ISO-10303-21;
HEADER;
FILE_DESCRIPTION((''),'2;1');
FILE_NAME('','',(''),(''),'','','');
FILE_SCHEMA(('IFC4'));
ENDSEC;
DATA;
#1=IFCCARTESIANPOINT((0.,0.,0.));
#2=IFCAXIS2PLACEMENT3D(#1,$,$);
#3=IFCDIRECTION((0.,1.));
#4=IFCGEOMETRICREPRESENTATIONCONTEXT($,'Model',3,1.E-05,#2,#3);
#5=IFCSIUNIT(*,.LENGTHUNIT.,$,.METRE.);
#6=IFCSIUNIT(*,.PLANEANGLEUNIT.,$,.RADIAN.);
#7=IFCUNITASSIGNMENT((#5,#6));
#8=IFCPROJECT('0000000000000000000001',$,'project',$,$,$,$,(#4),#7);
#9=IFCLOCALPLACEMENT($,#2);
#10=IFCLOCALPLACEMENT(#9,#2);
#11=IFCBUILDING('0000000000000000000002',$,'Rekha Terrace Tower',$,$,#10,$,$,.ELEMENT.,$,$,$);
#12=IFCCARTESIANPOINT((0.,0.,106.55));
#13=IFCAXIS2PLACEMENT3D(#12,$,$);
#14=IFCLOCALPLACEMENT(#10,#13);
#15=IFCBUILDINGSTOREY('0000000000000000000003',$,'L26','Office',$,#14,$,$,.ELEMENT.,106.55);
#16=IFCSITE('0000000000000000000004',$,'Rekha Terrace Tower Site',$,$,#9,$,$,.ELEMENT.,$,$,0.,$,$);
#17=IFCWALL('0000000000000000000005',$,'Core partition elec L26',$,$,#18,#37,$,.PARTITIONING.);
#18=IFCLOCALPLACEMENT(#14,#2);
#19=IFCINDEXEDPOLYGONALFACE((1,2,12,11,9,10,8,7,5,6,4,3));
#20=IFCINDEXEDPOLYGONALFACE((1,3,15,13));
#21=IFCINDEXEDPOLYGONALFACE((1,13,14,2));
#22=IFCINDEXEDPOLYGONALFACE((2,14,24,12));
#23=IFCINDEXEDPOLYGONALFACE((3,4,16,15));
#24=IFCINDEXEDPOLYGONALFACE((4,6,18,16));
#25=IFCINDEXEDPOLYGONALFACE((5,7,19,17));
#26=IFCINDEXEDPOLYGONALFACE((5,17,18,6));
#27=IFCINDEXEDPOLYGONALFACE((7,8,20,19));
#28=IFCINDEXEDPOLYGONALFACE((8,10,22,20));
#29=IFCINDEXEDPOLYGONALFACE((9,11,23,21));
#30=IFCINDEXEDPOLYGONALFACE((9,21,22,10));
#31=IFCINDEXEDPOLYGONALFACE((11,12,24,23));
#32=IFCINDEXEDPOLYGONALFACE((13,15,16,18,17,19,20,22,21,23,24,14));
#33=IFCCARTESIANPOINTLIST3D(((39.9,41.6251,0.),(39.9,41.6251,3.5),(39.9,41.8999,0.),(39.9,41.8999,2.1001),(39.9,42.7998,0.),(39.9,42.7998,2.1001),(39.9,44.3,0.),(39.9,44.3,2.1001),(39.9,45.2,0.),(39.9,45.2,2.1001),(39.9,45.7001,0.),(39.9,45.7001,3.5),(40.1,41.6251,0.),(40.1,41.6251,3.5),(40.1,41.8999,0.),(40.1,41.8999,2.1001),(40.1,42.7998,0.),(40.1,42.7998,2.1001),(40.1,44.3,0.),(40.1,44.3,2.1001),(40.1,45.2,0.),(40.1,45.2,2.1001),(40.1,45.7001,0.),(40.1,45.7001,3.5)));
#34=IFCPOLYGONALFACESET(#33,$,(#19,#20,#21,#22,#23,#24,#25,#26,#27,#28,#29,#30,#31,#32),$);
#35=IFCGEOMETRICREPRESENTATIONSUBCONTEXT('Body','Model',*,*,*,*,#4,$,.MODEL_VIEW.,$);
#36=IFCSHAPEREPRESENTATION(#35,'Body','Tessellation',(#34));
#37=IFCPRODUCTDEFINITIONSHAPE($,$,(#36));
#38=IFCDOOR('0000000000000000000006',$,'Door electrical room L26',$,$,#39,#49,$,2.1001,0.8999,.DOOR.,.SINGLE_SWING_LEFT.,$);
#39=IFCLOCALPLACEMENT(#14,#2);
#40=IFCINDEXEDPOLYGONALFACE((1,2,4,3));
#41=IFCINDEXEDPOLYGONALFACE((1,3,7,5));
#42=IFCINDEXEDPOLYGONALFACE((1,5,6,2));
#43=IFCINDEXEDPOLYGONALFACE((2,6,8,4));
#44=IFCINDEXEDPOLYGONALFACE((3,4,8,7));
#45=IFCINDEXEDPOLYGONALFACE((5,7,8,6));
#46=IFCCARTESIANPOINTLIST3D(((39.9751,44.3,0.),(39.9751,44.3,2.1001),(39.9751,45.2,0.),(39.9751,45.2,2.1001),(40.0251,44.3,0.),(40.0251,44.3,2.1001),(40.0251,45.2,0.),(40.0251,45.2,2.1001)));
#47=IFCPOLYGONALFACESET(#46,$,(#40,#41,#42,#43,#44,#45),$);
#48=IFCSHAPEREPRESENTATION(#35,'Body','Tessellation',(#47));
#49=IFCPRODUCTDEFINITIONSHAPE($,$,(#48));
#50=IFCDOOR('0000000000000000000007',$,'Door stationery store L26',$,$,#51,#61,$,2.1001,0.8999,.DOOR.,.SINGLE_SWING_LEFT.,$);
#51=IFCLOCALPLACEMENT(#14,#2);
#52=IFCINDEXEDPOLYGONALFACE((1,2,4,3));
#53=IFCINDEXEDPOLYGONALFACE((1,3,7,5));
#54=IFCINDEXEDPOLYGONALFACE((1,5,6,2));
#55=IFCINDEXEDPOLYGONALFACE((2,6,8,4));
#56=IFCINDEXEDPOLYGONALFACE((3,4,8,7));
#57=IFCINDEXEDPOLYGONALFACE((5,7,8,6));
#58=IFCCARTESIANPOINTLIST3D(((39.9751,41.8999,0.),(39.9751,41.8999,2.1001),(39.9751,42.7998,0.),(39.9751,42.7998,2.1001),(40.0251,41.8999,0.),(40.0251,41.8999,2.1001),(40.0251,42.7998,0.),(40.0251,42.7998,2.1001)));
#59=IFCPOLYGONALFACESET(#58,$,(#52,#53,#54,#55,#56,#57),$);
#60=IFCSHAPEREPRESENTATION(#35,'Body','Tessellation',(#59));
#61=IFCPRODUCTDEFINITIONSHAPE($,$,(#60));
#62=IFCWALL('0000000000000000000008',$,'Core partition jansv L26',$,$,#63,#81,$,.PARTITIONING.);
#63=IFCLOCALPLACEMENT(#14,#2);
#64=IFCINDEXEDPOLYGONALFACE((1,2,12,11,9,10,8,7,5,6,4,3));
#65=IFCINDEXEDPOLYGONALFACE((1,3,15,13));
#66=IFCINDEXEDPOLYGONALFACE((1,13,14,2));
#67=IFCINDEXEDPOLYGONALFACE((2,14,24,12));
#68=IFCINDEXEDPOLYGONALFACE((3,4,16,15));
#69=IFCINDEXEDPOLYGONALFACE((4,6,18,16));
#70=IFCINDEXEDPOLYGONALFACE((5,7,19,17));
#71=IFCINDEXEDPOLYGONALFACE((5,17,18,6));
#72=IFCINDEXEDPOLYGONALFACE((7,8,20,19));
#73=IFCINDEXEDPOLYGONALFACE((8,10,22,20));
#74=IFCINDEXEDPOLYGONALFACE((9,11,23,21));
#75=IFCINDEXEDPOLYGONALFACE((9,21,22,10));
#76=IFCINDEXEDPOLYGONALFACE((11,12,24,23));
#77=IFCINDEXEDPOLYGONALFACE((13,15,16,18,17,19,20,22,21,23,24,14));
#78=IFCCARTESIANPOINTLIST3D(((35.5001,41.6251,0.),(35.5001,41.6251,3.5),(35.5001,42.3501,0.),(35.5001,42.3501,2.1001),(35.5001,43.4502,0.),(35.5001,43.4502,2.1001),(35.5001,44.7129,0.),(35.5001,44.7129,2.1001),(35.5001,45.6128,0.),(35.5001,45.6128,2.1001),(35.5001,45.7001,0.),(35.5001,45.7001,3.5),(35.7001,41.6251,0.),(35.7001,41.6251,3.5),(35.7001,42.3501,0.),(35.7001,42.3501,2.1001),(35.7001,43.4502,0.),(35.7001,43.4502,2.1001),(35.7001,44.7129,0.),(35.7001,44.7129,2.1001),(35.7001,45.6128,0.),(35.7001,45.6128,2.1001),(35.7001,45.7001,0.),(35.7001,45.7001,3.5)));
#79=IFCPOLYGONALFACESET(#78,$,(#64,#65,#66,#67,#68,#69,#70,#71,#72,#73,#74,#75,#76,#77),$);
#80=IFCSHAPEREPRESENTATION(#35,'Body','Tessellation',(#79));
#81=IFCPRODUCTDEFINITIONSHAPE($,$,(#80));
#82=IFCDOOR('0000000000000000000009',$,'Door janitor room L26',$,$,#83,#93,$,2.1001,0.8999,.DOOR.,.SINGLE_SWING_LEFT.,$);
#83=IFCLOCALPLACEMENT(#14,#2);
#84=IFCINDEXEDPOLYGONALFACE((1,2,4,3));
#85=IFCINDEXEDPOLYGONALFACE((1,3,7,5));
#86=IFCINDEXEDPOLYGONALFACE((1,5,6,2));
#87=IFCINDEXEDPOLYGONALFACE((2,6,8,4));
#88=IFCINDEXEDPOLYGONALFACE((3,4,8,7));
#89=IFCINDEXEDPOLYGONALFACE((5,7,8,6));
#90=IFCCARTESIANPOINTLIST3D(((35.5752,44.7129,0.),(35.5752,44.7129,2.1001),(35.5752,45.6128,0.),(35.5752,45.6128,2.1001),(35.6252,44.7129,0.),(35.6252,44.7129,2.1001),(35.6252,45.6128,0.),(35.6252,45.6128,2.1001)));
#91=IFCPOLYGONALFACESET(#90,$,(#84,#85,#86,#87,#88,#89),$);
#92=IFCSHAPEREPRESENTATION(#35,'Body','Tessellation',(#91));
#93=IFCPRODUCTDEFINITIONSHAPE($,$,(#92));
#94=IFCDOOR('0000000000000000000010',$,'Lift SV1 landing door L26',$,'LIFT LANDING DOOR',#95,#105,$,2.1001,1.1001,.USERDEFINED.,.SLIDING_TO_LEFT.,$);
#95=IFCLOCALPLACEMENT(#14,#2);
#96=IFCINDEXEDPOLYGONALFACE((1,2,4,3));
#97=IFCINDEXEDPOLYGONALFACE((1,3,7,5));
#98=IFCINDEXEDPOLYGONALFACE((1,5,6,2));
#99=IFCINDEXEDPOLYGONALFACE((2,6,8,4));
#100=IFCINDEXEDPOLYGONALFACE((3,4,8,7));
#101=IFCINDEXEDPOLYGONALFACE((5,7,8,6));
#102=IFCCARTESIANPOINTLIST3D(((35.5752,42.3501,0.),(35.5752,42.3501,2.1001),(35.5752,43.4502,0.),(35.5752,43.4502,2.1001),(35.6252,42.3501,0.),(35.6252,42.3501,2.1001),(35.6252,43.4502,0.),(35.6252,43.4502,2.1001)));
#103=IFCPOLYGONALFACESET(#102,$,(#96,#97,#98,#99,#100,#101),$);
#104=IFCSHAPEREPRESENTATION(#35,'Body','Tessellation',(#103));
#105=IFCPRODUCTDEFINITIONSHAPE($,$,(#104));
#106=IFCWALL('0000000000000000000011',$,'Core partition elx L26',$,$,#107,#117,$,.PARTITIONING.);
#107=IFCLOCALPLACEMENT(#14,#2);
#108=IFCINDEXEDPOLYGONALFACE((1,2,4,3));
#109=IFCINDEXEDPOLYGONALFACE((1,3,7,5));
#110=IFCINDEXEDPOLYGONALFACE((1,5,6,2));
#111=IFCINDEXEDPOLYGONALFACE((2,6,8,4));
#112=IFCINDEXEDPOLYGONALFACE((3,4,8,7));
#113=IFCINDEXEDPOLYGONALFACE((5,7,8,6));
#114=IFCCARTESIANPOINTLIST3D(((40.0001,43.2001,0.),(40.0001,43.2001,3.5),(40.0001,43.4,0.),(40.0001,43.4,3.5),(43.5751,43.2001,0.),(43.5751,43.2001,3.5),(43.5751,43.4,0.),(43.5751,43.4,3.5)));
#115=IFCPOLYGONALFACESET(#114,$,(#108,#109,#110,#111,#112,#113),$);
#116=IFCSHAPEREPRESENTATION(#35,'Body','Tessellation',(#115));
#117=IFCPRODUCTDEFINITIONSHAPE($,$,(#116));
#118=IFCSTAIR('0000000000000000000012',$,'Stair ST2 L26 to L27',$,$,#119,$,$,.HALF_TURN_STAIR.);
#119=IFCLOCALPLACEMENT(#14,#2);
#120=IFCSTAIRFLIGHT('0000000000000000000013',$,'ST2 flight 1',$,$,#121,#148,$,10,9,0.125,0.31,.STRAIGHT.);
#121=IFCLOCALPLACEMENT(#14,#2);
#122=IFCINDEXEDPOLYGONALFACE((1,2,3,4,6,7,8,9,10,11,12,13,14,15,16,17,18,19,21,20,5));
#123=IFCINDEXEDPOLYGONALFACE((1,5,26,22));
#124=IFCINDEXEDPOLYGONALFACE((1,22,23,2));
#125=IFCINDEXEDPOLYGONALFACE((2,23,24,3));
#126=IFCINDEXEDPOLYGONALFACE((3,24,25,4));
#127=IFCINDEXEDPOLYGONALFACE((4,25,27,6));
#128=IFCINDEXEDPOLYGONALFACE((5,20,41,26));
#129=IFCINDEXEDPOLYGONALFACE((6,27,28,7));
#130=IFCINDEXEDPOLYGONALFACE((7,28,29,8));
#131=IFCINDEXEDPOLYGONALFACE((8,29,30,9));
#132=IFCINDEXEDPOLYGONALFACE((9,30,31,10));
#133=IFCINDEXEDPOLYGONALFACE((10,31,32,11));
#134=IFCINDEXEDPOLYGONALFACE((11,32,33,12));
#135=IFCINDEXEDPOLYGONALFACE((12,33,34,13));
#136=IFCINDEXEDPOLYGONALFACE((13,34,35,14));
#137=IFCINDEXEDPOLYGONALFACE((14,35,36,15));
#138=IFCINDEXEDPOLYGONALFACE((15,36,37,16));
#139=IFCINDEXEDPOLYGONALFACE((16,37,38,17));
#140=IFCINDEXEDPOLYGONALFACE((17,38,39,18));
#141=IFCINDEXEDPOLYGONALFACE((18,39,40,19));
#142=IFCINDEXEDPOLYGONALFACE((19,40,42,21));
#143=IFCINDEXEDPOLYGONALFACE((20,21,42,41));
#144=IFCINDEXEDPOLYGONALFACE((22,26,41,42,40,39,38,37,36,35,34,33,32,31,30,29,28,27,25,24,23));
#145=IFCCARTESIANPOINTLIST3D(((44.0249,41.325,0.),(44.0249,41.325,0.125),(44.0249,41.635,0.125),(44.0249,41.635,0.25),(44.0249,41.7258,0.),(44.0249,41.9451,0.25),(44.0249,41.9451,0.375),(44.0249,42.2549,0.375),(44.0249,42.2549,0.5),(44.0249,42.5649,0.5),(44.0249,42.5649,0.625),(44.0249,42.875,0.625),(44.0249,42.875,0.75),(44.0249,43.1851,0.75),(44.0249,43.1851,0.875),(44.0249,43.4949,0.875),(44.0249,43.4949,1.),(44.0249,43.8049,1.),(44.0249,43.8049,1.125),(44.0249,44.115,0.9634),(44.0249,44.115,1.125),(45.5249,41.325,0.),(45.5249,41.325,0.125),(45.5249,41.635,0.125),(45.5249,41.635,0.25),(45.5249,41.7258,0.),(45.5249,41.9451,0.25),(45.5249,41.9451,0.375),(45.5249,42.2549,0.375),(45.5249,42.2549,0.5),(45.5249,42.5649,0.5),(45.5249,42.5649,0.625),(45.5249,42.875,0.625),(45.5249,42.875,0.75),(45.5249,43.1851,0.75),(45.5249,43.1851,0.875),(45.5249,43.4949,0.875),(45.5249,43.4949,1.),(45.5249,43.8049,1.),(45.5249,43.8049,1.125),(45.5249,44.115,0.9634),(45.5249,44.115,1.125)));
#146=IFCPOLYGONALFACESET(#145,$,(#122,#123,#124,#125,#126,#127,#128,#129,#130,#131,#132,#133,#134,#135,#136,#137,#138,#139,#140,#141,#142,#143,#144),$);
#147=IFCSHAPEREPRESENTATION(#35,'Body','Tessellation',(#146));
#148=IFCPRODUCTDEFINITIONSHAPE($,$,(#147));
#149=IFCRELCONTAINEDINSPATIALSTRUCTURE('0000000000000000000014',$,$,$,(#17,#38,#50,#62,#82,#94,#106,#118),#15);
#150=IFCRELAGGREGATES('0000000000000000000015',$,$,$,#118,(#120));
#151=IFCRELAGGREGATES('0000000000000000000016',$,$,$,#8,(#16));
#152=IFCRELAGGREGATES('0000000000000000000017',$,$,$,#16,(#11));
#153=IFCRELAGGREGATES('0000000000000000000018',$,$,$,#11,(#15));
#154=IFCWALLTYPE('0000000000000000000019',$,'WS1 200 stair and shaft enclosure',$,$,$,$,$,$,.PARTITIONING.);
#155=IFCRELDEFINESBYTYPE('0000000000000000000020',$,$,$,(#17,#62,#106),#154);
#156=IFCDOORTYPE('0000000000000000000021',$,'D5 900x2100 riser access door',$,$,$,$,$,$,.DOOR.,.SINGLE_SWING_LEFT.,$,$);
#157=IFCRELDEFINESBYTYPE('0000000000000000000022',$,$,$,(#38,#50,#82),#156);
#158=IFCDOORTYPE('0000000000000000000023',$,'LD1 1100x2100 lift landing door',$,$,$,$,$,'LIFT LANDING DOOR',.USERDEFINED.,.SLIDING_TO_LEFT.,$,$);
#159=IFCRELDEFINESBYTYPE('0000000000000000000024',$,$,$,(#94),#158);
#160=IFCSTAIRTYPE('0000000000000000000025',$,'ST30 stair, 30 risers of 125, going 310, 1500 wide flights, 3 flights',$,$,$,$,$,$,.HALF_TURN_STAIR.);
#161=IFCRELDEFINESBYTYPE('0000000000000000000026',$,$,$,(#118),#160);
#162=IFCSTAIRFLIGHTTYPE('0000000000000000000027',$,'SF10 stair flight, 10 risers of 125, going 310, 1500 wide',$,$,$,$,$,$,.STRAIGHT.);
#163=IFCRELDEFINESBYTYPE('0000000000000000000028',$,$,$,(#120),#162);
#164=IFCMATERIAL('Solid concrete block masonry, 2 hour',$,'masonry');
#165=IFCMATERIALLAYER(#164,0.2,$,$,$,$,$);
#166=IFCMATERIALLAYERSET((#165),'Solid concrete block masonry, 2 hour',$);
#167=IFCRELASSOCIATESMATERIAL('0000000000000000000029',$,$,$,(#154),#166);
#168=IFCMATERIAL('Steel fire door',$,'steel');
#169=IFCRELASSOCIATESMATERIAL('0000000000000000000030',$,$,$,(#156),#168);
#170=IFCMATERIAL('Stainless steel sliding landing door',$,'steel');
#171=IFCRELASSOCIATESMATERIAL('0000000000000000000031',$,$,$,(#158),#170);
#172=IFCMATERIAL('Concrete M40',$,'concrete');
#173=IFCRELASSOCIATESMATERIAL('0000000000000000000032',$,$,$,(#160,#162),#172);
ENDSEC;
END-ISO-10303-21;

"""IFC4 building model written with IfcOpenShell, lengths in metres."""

from ifc_helpers import new_model, si_unit, direction, frame, frame_2d, origin, place, context, subcontext, project, spatial, polyline, rectangle, outline, extrude, material, layer, layer_set, type_object, element, fill, aggregate, save


model = new_model("IFC4")

# Units and contexts
model_context = context("Model", 3, precision=1e-05, world=origin(), true_north=direction((0.0, 1.0)))
body_context = subcontext(model_context, "Body", "Model", "MODEL_VIEW")
ifc_project = project(units=[si_unit("LENGTHUNIT", "METRE"), si_unit("PLANEANGLEUNIT", "RADIAN")], contexts=[model_context])

# Site, building, storey
site_placement = place(None, origin())
site = spatial("IfcSite", under=ifc_project, at=site_placement, Name="Rekha Terrace Tower Site", CompositionType="ELEMENT", RefElevation=0.0)
building_placement = place(site_placement, origin())
building = spatial("IfcBuilding", under=site, at=building_placement, Name="Rekha Terrace Tower", CompositionType="ELEMENT")
storey_placement = place(building_placement, frame((0.0, 0.0, 106.55)))
storey = spatial("IfcBuildingStorey", under=building, at=storey_placement, Name="L26", Description="Office", CompositionType="ELEMENT", Elevation=106.55)

# Shared definitions
ifc_material_1 = material(Name="Stainless steel sliding landing door", Category="steel")
ifc_material_2 = material(Name="Steel fire door", Category="steel")

# Shared definitions
ifc_material_3 = material(Name="Solid concrete block masonry, 2 hour", Category="masonry")
ifc_layer_1 = layer(ifc_material_3, 0.2)
ifc_layer_set_1 = layer_set([ifc_layer_1], Name="Solid concrete block masonry, 2 hour")
wall_type_1 = type_object("IfcWallType", Name="WS1 200 stair and shaft enclosure", PredefinedType="PARTITIONING", material=ifc_layer_set_1)

# Walls, openings, doors
wall_1_placement = place(storey_placement, frame((40.0, 41.625, 0.0), z_axis=(0.0, 0.0, 1.0), x_axis=(0.0, 1.0, 0.0)))
wall_1 = element("IfcWall", 1, at=wall_1_placement, inside=storey, type_object=wall_type_1, Name="Core partition elec L26", PredefinedType="PARTITIONING", context=body_context, shape_type="SweptSolid", body=[
    extrude(rectangle(XDim=4.075, YDim=0.2, at=frame_2d((2.0376, 0.0))), origin(), (0.0, 0.0, 1.0), 3.5),
])
opening_1_placement = place(wall_1_placement, frame((2.675, 0.0, 0.0)))
opening_1 = element("IfcOpeningElement", 2, at=opening_1_placement, cuts=wall_1, PredefinedType="OPENING", context=body_context, shape_type="SweptSolid", body=[
    extrude(rectangle(XDim=0.8999, YDim=2.1001, at=frame_2d((0.45, 1.05))), frame((0.0, 0.1099, 0.0), z_axis=(0.0, -1.0, 0.0), x_axis=(1.0, 0.0, 0.0)), (0.0, 0.0, 1.0), 0.22),
])
opening_2_placement = place(wall_1_placement, frame((0.2749, 0.0, 0.0)))
opening_2 = element("IfcOpeningElement", 3, at=opening_2_placement, cuts=wall_1, PredefinedType="OPENING", context=body_context, shape_type="SweptSolid", body=[
    extrude(rectangle(XDim=0.8999, YDim=2.1001, at=frame_2d((0.45, 1.05))), frame((0.0, 0.1099, 0.0), z_axis=(0.0, -1.0, 0.0), x_axis=(1.0, 0.0, 0.0)), (0.0, 0.0, 1.0), 0.22),
])
door_type_1 = type_object("IfcDoorType", Name="D5 900x2100 riser access door", OperationType="SINGLE_SWING_LEFT", PredefinedType="DOOR", material=ifc_material_2)
door_1_placement = place(opening_1_placement, origin())
door_1 = element("IfcDoor", 4, at=door_1_placement, inside=storey, type_object=door_type_1, Name="Door electrical room L26", OperationType="SINGLE_SWING_LEFT", OverallHeight=2.1001, OverallWidth=0.8999, PredefinedType="DOOR", context=body_context, shape_type="SweptSolid", body=[
    extrude(rectangle(XDim=0.8999, YDim=2.1001, at=frame_2d((0.45, 1.05))), frame((0.0, 0.0249, 0.0), z_axis=(0.0, -1.0, 0.0), x_axis=(1.0, 0.0, 0.0)), (0.0, 0.0, 1.0), 0.05),
])
fill(opening_1, door_1)
door_2_placement = place(opening_2_placement, origin())
door_2 = element("IfcDoor", 5, at=door_2_placement, inside=storey, type_object=door_type_1, Name="Door stationery store L26", OperationType="SINGLE_SWING_LEFT", OverallHeight=2.1001, OverallWidth=0.8999, PredefinedType="DOOR", context=body_context, shape_type="SweptSolid", body=[
    extrude(rectangle(XDim=0.8999, YDim=2.1001, at=frame_2d((0.45, 1.05))), frame((0.0, 0.0249, 0.0), z_axis=(0.0, -1.0, 0.0), x_axis=(1.0, 0.0, 0.0)), (0.0, 0.0, 1.0), 0.05),
])
fill(opening_2, door_2)
wall_2_placement = place(storey_placement, frame((35.6001, 41.625, 0.0), z_axis=(0.0, 0.0, 1.0), x_axis=(0.0, 1.0, 0.0)))
wall_2 = element("IfcWall", 6, at=wall_2_placement, inside=storey, type_object=wall_type_1, Name="Core partition jansv L26", PredefinedType="PARTITIONING", context=body_context, shape_type="SweptSolid", body=[
    extrude(rectangle(XDim=4.075, YDim=0.2, at=frame_2d((2.0376, 0.0))), origin(), (0.0, 0.0, 1.0), 3.5),
])
opening_3_placement = place(wall_2_placement, frame((3.0879, 0.0, 0.0)))
opening_3 = element("IfcOpeningElement", 7, at=opening_3_placement, cuts=wall_2, PredefinedType="OPENING", context=body_context, shape_type="SweptSolid", body=[
    extrude(rectangle(XDim=0.8999, YDim=2.1001, at=frame_2d((0.45, 1.05))), frame((0.0, 0.1099, 0.0), z_axis=(0.0, -1.0, 0.0), x_axis=(1.0, 0.0, 0.0)), (0.0, 0.0, 1.0), 0.22),
])
opening_4_placement = place(wall_2_placement, frame((0.7251, 0.0, 0.0)))
opening_4 = element("IfcOpeningElement", 8, at=opening_4_placement, cuts=wall_2, PredefinedType="OPENING", context=body_context, shape_type="SweptSolid", body=[
    extrude(rectangle(XDim=1.1001, YDim=2.1001, at=frame_2d((0.55, 1.05))), frame((0.0, 0.1099, 0.0), z_axis=(0.0, -1.0, 0.0), x_axis=(1.0, 0.0, 0.0)), (0.0, 0.0, 1.0), 0.22),
])
door_3_placement = place(opening_3_placement, origin())
door_3 = element("IfcDoor", 9, at=door_3_placement, inside=storey, type_object=door_type_1, Name="Door janitor room L26", OperationType="SINGLE_SWING_LEFT", OverallHeight=2.1001, OverallWidth=0.8999, PredefinedType="DOOR", context=body_context, shape_type="SweptSolid", body=[
    extrude(rectangle(XDim=0.8999, YDim=2.1001, at=frame_2d((0.45, 1.05))), frame((0.0, 0.0249, 0.0), z_axis=(0.0, -1.0, 0.0), x_axis=(1.0, 0.0, 0.0)), (0.0, 0.0, 1.0), 0.05),
])
fill(opening_3, door_3)
door_type_2 = type_object("IfcDoorType", Name="LD1 1100x2100 lift landing door", ElementType="LIFT LANDING DOOR", OperationType="SLIDING_TO_LEFT", PredefinedType="USERDEFINED", material=ifc_material_1)
door_4_placement = place(opening_4_placement, origin())
door_4 = element("IfcDoor", 10, at=door_4_placement, inside=storey, type_object=door_type_2, Name="Lift SV1 landing door L26", ObjectType="LIFT LANDING DOOR", OperationType="SLIDING_TO_LEFT", OverallHeight=2.1001, OverallWidth=1.1001, PredefinedType="USERDEFINED", context=body_context, shape_type="SweptSolid", body=[
    extrude(rectangle(XDim=1.1001, YDim=2.1001, at=frame_2d((0.55, 1.05))), frame((0.0, 0.0249, 0.0), z_axis=(0.0, -1.0, 0.0), x_axis=(1.0, 0.0, 0.0)), (0.0, 0.0, 1.0), 0.05),
])
fill(opening_4, door_4)

# Wall
wall_3_placement = place(storey_placement, frame((40.0, 43.3, 0.0), z_axis=(0.0, 0.0, 1.0), x_axis=(1.0, 0.0, 0.0)))
element("IfcWall", 11, at=wall_3_placement, inside=storey, type_object=wall_type_1, Name="Core partition elx L26", PredefinedType="PARTITIONING", context=body_context, shape_type="SweptSolid", body=[
    extrude(rectangle(XDim=3.575, YDim=0.2, at=frame_2d((1.7876, 0.0))), origin(), (0.0, 0.0, 1.0), 3.5),
])

# Stair, stair flight
ifc_material_4 = material(Name="Concrete M40", Category="concrete")
stair_type = type_object("IfcStairType", Name="ST30 stair, 30 risers of 125, going 310, 1500 wide flights, 3 flights", PredefinedType="HALF_TURN_STAIR", material=ifc_material_4)
stair_1_placement = place(storey_placement, origin())
stair_1 = element("IfcStair", 12, at=stair_1_placement, inside=storey, type_object=stair_type, Name="Stair ST2 L26 to L27", PredefinedType="HALF_TURN_STAIR")
stair_flight_type = type_object("IfcStairFlightType", Name="SF10 stair flight, 10 risers of 125, going 310, 1500 wide", PredefinedType="STRAIGHT", material=ifc_material_4)
stair_flight_1_placement = place(storey_placement, frame((44.7749, 41.325, 0.0), z_axis=(0.0, 0.0, 1.0), x_axis=(0.0, 1.0, 0.0)))
stair_flight_1 = element("IfcStairFlight", 13, at=stair_flight_1_placement, type_object=stair_flight_type, Name="ST2 flight 1", NumberOfRisers=10, NumberOfTreads=9, PredefinedType="STRAIGHT", RiserHeight=0.125, TreadLength=0.31, context=body_context, shape_type="SweptSolid", body=[
    extrude(outline(polyline([(0.0, 0.0), (0.0, 0.125), (0.3101, 0.125), (0.3101, 0.25), (0.6201, 0.25), (0.6201, 0.375), (0.9299, 0.375), (0.9299, 0.5), (1.24, 0.5), (1.24, 0.625), (1.55, 0.625), (1.55, 0.75), (1.8601, 0.75), (1.8601, 0.875), (2.1699, 0.875), (2.1699, 1.0), (2.48, 1.0), (2.48, 1.125), (2.79, 1.125), (2.79, 1.25), (2.79, 0.9634), (0.4009, 0.0), (0.0, 0.0)])), frame((0.0, 0.75, 0.0), z_axis=(0.0, -1.0, 0.0), x_axis=(1.0, 0.0, 0.0)), (0.0, 0.0, 1.0), 1.5),
])
aggregate(stair_1, [stair_flight_1])

save(model, "model.ifc")
